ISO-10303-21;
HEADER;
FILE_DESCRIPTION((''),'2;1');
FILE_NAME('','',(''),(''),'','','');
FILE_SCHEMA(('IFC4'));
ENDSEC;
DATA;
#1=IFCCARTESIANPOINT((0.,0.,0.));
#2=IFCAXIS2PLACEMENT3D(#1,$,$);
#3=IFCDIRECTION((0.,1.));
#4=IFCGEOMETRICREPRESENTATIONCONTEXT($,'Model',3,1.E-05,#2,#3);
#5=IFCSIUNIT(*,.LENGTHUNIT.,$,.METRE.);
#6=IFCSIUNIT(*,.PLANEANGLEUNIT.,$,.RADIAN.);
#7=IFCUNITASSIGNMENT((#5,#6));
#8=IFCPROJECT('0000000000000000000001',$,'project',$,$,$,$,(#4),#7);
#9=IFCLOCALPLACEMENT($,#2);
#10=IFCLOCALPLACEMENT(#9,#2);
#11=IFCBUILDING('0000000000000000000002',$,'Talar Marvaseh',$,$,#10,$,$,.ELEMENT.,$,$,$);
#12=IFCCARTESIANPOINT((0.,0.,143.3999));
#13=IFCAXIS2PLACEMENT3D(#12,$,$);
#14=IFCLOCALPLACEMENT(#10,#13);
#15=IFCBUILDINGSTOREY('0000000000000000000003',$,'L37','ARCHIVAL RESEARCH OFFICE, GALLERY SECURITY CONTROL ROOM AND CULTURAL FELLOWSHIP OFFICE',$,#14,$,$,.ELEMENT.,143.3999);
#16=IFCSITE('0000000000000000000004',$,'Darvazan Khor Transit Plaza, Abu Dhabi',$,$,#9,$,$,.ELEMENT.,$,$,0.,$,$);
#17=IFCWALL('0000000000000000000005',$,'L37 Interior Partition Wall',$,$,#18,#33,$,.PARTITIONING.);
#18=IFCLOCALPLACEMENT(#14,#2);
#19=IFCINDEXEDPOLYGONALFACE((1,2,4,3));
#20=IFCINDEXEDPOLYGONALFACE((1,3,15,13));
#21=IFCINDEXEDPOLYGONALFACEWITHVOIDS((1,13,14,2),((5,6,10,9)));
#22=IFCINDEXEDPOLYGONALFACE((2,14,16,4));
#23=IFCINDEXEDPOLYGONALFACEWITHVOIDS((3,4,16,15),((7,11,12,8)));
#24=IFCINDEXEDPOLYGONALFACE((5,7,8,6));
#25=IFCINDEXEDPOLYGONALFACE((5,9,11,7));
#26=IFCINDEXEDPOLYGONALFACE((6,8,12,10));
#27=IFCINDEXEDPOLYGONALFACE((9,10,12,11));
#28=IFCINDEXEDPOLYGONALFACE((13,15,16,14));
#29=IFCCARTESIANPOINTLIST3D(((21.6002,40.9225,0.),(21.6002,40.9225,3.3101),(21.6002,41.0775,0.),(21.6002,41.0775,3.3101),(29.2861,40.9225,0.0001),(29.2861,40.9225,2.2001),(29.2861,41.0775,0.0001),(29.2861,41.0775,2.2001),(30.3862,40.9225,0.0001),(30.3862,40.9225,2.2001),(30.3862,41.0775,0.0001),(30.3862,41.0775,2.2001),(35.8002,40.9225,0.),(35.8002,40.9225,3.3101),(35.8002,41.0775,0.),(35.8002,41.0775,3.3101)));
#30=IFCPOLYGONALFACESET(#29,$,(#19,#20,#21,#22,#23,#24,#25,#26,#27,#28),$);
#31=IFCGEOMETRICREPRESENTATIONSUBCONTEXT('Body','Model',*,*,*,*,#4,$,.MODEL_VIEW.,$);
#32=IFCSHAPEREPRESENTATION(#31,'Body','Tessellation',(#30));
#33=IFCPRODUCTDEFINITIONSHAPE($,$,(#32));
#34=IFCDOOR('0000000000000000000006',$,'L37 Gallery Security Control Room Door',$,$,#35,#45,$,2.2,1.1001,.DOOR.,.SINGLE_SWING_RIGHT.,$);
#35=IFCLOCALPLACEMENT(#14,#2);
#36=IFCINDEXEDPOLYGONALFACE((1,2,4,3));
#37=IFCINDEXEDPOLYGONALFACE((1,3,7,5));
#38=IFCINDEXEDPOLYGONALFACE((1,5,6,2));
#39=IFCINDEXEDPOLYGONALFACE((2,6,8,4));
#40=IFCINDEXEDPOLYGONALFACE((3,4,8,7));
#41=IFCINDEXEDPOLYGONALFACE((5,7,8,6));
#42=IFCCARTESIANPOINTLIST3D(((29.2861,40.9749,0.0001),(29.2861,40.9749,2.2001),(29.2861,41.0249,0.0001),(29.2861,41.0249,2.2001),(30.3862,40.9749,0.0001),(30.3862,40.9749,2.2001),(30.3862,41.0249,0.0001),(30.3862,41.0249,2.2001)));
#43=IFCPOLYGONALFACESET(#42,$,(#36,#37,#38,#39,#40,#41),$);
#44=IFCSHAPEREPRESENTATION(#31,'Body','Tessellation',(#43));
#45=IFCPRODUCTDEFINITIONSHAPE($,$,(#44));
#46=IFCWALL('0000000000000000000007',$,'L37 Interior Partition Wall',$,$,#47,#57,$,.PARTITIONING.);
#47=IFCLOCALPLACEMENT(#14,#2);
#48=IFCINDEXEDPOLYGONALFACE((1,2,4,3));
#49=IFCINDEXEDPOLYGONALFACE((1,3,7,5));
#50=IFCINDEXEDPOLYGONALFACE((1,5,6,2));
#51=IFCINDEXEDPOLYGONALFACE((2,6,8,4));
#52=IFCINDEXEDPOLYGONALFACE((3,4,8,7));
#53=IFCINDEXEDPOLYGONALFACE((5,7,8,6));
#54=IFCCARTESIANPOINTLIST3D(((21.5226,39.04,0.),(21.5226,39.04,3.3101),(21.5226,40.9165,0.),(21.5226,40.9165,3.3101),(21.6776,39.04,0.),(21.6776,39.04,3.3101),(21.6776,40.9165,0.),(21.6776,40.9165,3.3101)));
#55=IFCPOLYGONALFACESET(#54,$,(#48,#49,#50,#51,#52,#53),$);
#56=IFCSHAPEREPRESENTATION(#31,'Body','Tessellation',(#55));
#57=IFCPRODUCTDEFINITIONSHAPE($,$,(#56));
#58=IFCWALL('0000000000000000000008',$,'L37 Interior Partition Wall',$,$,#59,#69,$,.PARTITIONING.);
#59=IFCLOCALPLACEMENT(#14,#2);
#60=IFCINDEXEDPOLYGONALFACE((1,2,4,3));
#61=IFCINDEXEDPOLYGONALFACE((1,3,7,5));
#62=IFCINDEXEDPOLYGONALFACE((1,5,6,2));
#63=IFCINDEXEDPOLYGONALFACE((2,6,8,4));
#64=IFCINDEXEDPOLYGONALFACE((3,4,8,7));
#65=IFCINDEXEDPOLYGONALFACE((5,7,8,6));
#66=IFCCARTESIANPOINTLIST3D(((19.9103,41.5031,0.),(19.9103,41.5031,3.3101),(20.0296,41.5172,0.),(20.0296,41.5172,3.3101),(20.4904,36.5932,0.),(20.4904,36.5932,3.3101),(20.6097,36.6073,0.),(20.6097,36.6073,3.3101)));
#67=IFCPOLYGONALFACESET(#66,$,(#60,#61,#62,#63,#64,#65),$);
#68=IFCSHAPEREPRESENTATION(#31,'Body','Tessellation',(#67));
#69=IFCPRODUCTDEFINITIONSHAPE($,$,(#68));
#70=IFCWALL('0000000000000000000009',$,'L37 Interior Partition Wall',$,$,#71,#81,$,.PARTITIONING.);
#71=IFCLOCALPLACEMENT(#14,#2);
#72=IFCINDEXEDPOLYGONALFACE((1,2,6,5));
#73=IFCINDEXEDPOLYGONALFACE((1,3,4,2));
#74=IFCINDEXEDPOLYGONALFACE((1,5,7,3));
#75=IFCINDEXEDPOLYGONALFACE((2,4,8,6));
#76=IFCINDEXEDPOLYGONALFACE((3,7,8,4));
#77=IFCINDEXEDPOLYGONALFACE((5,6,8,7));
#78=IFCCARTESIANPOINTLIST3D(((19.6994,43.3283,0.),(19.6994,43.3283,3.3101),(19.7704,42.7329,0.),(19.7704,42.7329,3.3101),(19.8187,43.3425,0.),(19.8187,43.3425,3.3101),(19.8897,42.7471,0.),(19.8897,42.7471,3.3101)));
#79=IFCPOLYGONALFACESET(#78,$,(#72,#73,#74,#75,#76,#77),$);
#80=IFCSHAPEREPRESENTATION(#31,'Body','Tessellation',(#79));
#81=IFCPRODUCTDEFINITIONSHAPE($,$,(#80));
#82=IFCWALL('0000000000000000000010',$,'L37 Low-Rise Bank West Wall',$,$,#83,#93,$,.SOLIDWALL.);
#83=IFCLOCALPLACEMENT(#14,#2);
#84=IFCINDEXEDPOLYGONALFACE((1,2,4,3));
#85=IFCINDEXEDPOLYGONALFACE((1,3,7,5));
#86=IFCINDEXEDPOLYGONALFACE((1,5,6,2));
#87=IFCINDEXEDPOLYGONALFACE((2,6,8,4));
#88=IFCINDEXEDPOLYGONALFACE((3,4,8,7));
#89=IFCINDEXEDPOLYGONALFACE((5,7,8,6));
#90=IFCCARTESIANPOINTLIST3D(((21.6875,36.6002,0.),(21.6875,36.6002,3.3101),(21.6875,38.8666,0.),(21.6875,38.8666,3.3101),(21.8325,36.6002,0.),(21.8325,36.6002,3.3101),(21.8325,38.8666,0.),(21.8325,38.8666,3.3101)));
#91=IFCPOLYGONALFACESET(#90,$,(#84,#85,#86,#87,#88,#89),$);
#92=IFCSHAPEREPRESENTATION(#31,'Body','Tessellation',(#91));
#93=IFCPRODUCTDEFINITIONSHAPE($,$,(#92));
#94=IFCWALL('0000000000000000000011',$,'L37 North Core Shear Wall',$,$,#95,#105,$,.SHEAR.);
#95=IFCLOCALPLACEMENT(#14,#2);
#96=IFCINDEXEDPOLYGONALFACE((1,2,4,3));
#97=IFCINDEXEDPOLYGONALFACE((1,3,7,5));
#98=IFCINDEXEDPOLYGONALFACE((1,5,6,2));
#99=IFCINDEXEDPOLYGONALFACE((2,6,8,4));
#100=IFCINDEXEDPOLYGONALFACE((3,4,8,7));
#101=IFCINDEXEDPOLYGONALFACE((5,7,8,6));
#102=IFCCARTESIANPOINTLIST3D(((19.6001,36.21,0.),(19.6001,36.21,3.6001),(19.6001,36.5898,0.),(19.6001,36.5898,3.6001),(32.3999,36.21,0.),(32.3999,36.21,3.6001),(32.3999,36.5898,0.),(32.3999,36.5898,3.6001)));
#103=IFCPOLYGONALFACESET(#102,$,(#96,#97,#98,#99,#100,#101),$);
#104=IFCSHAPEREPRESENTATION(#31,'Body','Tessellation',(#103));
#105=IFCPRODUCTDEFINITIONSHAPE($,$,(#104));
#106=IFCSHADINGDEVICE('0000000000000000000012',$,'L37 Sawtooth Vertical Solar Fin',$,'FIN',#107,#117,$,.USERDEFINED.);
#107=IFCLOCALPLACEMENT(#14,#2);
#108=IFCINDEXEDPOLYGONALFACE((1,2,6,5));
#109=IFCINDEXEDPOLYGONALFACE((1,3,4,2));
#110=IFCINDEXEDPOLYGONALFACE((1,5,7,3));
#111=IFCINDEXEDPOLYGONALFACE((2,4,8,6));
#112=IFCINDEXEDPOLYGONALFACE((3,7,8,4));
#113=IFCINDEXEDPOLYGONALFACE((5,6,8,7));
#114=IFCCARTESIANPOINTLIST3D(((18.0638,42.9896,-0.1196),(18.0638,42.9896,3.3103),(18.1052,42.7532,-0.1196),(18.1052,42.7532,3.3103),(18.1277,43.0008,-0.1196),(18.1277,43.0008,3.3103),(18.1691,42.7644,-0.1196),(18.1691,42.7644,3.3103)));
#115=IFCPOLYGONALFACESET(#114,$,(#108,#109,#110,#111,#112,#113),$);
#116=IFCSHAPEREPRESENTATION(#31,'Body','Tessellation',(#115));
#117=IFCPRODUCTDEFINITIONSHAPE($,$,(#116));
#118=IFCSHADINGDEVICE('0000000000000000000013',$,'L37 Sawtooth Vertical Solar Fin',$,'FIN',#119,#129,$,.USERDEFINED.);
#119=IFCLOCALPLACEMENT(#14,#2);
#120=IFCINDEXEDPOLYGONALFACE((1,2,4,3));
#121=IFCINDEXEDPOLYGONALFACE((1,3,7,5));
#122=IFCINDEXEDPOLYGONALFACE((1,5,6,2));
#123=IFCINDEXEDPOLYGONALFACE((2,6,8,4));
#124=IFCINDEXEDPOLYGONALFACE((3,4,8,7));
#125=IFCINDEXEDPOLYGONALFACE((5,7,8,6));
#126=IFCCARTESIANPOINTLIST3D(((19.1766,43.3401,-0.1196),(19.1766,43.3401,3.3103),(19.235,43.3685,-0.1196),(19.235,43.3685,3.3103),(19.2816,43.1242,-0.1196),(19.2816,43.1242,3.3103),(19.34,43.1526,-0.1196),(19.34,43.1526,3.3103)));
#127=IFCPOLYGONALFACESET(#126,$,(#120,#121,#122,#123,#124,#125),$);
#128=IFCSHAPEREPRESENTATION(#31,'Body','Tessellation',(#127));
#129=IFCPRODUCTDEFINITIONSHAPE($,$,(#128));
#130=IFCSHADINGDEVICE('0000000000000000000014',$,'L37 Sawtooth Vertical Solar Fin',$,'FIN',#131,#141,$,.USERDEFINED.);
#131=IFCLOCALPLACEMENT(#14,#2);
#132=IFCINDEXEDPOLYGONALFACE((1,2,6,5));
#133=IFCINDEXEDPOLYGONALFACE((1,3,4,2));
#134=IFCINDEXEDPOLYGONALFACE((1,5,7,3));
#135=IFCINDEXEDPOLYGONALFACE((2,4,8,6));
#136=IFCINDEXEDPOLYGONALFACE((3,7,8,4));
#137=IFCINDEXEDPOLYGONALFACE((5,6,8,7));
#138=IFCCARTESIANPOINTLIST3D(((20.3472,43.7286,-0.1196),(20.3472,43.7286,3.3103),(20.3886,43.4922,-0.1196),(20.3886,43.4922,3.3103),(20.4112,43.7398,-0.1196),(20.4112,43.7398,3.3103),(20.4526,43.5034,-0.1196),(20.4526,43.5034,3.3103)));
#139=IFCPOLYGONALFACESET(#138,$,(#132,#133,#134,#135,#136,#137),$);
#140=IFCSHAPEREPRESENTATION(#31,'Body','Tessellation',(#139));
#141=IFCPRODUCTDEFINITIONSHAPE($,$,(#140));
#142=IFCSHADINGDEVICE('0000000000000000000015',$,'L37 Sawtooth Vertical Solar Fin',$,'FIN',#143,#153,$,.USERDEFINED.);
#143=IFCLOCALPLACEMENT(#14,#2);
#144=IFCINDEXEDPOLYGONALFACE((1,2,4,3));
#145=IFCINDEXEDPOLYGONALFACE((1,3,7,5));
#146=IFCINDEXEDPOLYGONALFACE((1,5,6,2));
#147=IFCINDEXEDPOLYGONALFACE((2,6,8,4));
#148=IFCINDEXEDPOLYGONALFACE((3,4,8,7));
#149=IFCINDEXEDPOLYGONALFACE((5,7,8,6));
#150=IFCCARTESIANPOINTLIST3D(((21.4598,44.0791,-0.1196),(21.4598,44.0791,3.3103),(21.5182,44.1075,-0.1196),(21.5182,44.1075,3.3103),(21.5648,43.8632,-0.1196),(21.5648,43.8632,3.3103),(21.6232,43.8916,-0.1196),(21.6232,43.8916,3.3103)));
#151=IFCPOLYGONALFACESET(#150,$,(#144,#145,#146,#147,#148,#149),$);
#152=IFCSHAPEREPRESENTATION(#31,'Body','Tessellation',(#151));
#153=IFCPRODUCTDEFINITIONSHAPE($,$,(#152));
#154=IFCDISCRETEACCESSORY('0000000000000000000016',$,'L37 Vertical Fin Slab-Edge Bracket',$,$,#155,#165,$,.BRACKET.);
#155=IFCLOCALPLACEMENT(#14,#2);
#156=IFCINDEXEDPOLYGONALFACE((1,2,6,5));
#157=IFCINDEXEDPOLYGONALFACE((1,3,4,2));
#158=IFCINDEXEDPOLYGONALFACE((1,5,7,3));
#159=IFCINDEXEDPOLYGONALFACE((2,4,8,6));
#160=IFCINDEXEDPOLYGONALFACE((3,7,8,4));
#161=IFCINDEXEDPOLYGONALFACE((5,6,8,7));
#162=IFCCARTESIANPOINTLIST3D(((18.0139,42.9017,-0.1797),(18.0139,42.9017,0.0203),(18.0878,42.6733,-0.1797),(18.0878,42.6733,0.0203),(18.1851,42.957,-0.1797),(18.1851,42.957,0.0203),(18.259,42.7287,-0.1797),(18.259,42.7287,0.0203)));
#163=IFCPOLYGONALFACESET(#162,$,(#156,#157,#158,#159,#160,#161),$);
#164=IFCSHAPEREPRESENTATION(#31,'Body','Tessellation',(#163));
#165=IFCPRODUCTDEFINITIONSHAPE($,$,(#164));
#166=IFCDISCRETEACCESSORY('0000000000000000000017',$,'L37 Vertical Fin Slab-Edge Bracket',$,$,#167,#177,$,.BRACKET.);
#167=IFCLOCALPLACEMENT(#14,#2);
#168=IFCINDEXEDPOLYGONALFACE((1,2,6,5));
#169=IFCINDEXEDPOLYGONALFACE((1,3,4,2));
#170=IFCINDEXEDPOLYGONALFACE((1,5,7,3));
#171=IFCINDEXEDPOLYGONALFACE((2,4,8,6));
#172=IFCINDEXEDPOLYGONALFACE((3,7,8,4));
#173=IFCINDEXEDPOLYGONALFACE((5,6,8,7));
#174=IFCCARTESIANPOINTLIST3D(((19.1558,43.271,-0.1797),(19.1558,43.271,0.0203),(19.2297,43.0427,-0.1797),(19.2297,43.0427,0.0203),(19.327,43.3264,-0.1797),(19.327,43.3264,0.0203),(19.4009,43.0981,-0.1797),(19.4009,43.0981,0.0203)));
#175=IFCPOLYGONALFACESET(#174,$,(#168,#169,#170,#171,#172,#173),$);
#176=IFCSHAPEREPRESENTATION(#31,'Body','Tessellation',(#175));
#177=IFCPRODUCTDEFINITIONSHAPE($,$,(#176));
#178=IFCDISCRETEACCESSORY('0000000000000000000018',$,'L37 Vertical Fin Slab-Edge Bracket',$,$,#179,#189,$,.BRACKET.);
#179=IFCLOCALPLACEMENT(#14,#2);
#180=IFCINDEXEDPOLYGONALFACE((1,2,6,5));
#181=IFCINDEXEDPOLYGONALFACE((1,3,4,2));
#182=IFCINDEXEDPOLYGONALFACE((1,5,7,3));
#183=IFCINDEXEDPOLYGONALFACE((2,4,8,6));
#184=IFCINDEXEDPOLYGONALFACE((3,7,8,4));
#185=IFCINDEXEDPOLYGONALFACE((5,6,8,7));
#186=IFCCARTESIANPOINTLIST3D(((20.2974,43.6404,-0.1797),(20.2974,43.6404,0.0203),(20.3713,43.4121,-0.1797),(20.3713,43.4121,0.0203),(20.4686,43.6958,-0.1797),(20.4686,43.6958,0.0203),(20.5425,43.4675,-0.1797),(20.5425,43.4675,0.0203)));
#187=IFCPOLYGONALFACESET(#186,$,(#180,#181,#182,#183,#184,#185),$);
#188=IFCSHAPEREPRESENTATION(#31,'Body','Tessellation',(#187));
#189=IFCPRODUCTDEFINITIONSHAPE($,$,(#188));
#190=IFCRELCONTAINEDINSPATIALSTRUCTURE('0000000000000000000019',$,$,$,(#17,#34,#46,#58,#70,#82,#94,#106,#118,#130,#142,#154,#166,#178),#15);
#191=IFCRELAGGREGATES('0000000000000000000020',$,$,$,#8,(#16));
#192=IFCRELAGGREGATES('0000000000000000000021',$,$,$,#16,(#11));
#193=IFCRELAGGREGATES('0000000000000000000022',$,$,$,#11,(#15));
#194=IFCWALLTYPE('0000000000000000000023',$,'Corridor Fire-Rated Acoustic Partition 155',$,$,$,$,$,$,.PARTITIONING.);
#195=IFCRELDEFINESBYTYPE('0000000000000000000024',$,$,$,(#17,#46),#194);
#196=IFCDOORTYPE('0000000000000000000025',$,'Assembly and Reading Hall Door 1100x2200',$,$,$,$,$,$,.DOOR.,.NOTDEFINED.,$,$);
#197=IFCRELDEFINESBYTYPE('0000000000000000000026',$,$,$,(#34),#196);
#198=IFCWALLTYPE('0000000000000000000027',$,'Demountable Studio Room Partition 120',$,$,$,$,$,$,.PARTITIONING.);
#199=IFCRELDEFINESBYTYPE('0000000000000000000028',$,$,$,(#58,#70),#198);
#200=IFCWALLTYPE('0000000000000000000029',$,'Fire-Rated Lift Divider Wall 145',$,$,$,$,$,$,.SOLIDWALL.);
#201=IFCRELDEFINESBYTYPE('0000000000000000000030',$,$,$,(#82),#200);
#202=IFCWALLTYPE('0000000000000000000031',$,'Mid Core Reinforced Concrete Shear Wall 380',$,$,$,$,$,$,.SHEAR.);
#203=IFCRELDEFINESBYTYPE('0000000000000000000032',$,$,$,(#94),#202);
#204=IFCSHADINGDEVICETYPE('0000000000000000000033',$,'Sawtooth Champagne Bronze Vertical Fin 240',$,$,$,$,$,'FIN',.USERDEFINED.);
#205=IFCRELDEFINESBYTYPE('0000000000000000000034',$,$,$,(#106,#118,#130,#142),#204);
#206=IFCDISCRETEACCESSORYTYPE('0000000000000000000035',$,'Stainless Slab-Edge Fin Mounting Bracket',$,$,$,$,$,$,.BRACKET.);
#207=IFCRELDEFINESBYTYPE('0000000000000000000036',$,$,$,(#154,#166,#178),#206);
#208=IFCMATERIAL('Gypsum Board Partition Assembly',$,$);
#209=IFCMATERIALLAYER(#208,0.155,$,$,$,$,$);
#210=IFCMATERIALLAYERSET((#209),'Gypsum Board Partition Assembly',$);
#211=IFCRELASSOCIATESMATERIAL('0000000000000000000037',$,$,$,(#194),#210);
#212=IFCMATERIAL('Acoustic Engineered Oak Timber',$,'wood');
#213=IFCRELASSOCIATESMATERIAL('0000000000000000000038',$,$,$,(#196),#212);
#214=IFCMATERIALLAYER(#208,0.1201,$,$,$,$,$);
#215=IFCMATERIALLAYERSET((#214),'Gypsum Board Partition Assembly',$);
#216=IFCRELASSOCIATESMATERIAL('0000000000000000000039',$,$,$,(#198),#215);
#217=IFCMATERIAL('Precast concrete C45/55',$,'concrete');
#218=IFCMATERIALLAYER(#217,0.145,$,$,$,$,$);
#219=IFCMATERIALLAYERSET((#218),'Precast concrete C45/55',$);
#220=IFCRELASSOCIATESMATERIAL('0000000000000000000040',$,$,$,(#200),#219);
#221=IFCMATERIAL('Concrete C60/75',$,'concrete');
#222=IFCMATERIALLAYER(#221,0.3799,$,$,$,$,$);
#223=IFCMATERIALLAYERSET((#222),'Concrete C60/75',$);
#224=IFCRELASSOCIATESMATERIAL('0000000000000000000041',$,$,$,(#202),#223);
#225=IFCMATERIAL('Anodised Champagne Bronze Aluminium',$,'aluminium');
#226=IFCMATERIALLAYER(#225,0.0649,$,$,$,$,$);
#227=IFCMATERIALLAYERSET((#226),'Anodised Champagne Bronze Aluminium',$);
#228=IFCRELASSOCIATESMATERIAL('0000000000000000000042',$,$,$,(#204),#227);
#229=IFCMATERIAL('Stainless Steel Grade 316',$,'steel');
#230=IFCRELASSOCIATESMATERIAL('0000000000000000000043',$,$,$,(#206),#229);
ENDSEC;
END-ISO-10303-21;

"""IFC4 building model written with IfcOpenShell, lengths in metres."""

from ifc_helpers import new_model, si_unit, direction, frame, frame_2d, origin, origin_2d, place, context, subcontext, project, spatial, rectangle, extrude, source, transform, mapped, material, layer, layer_set, type_object, type_shapes, element, fill, save


model = new_model("IFC4")

# Units and contexts
model_context = context("Model", 3, precision=1e-05, world=origin(), true_north=direction((0.0, 1.0)))
body_context = subcontext(model_context, "Body", "Model", "MODEL_VIEW")
ifc_project = project(units=[si_unit("LENGTHUNIT", "METRE"), si_unit("PLANEANGLEUNIT", "RADIAN")], contexts=[model_context])

# Site, building, storey
site_placement = place(None, origin())
site = spatial("IfcSite", under=ifc_project, at=site_placement, Name="Darvazan Khor Transit Plaza, Abu Dhabi", CompositionType="ELEMENT", RefElevation=0.0)
building_placement = place(site_placement, origin())
building = spatial("IfcBuilding", under=site, at=building_placement, Name="Talar Marvaseh", CompositionType="ELEMENT")
storey_placement = place(building_placement, frame((0.0, 0.0, 143.3999)))
storey = spatial("IfcBuildingStorey", under=building, at=storey_placement, Name="L37", Description="ARCHIVAL RESEARCH OFFICE, GALLERY SECURITY CONTROL ROOM AND CULTURAL FELLOWSHIP OFFICE", CompositionType="ELEMENT", Elevation=143.3999)

# Shared definitions
ifc_material_1 = material(Name="Concrete C60/75", Category="concrete")

# Wall, opening, door
ifc_material_2 = material(Name="Gypsum Board Partition Assembly")
ifc_layer_1 = layer(ifc_material_2, 0.155)
ifc_layer_set_1 = layer_set([ifc_layer_1], Name="Gypsum Board Partition Assembly")
wall_type_1 = type_object("IfcWallType", Name="Corridor Fire-Rated Acoustic Partition 155", PredefinedType="PARTITIONING", material=ifc_layer_set_1)
wall_1_placement = place(storey_placement, frame((21.6001, 41.0, 0.0), z_axis=(0.0, 0.0, 1.0), x_axis=(1.0, 0.0, 0.0)))
wall_1 = element("IfcWall", 1, at=wall_1_placement, inside=storey, type_object=wall_type_1, Name="L37 Interior Partition Wall", PredefinedType="PARTITIONING", context=body_context, shape_type="SweptSolid", body=[
    extrude(rectangle(XDim=14.2, YDim=0.155, at=frame_2d((7.1001, 0.0))), origin(), (0.0, 0.0, 1.0), 3.3101),
])
opening_1_placement = place(wall_1_placement, frame((7.686, 0.0, 0.0)))
opening_1 = element("IfcOpeningElement", 2, at=opening_1_placement, cuts=wall_1, PredefinedType="OPENING", context=body_context, shape_type="SweptSolid", body=[
    extrude(rectangle(XDim=1.1001, YDim=2.2, at=frame_2d((0.55, 1.1001))), frame((0.0, 0.0874, 0.0), z_axis=(0.0, -1.0, 0.0), x_axis=(1.0, 0.0, 0.0)), (0.0, 0.0, 1.0), 0.175),
])
ifc_material_3 = material(Name="Acoustic Engineered Oak Timber", Category="wood")
door_type_1 = type_object("IfcDoorType", Name="Assembly and Reading Hall Door 1100x2200", OperationType="NOTDEFINED", PredefinedType="DOOR", material=ifc_material_3)
shared_shape_1 = source(origin(), body_context, "Body", "SweptSolid", [
    extrude(rectangle(XDim=1.1001, YDim=2.2, at=frame_2d((0.55, 1.1001))), frame((0.0, 0.0249, 0.0), z_axis=(0.0, -1.0, 0.0), x_axis=(1.0, 0.0, 0.0)), (0.0, 0.0, 1.0), 0.05),
])
type_shapes(door_type_1, [shared_shape_1])
door_1_placement = place(opening_1_placement, origin())
door_1 = element("IfcDoor", 3, at=door_1_placement, inside=storey, type_object=door_type_1, Name="L37 Gallery Security Control Room Door", OperationType="SINGLE_SWING_RIGHT", OverallHeight=2.2, OverallWidth=1.1001, PredefinedType="DOOR", context=body_context, shape_type="MappedRepresentation", body=[
    mapped(shared_shape_1, transform((0.0, 0.0, 0.0), x_axis=(1.0, 0.0, 0.0), y_axis=(0.0, 1.0, 0.0), z_axis=(0.0, 0.0, 1.0), scale=1.0)),
])
fill(opening_1, door_1)

# Walls
wall_2_placement = place(storey_placement, frame((21.6001, 39.04, 0.0), z_axis=(0.0, 0.0, 1.0), x_axis=(0.0, 1.0, 0.0)))
element("IfcWall", 4, at=wall_2_placement, inside=storey, type_object=wall_type_1, Name="L37 Interior Partition Wall", PredefinedType="PARTITIONING", context=body_context, shape_type="SweptSolid", body=[
    extrude(rectangle(XDim=1.8765, YDim=0.155, at=frame_2d((0.9382, 0.0))), origin(), (0.0, 0.0, 1.0), 3.3101),
])
ifc_layer_2 = layer(ifc_material_2, 0.1201)
ifc_layer_set_2 = layer_set([ifc_layer_2], Name="Gypsum Board Partition Assembly")
wall_type_2 = type_object("IfcWallType", Name="Demountable Studio Room Partition 120", PredefinedType="PARTITIONING", material=ifc_layer_set_2)
wall_3_placement = place(storey_placement, frame((20.55, 36.6001, 0.0), z_axis=(0.0, 0.0, 1.0), x_axis=(-0.117328, 0.993093, 0.0)))
element("IfcWall", 5, at=wall_3_placement, inside=storey, type_object=wall_type_2, Name="L37 Interior Partition Wall", PredefinedType="PARTITIONING", context=body_context, shape_type="SweptSolid", body=[
    extrude(rectangle(XDim=4.9441, YDim=0.1201, at=frame_2d((2.4722, 0.0))), origin(), (0.0, 0.0, 1.0), 3.3101),
])
wall_4_placement = place(storey_placement, frame((19.8301, 42.74, 0.0), z_axis=(0.0, 0.0, 1.0), x_axis=(-0.118471, 0.992958, 0.0)))
element("IfcWall", 6, at=wall_4_placement, inside=storey, type_object=wall_type_2, Name="L37 Interior Partition Wall", PredefinedType="PARTITIONING", context=body_context, shape_type="SweptSolid", body=[
    extrude(rectangle(XDim=0.5996, YDim=0.1201, at=frame_2d((0.2998, 0.0))), origin(), (0.0, 0.0, 1.0), 3.3101),
])
ifc_material_4 = material(Name="Precast concrete C45/55", Category="concrete")
ifc_layer_3 = layer(ifc_material_4, 0.145)
ifc_layer_set_3 = layer_set([ifc_layer_3], Name="Precast concrete C45/55")
wall_type_3 = type_object("IfcWallType", Name="Fire-Rated Lift Divider Wall 145", PredefinedType="SOLIDWALL", material=ifc_layer_set_3)
wall_5_placement = place(storey_placement, frame((21.76, 36.6001, 0.0), z_axis=(0.0, 0.0, 1.0), x_axis=(0.0, 1.0, 0.0)))
element("IfcWall", 7, at=wall_5_placement, inside=storey, type_object=wall_type_3, Name="L37 Low-Rise Bank West Wall", PredefinedType="SOLIDWALL", context=body_context, shape_type="SweptSolid", body=[
    extrude(rectangle(XDim=2.2664, YDim=0.145, at=frame_2d((1.1333, 0.0))), origin(), (0.0, 0.0, 1.0), 3.3101),
])

# Shared definitions
ifc_material_5 = material(Name="Stainless Steel Grade 316", Category="steel")

# Wall
ifc_layer_4 = layer(ifc_material_1, 0.3799)
ifc_layer_set_4 = layer_set([ifc_layer_4], Name="Concrete C60/75")
wall_type_4 = type_object("IfcWallType", Name="Mid Core Reinforced Concrete Shear Wall 380", PredefinedType="SHEAR", material=ifc_layer_set_4)
wall_6_placement = place(storey_placement, frame((19.6001, 36.3999, 0.0), z_axis=(0.0, 0.0, 1.0), x_axis=(1.0, 0.0, 0.0)))
element("IfcWall", 8, at=wall_6_placement, inside=storey, type_object=wall_type_4, Name="L37 North Core Shear Wall", PredefinedType="SHEAR", context=body_context, shape_type="SweptSolid", body=[
    extrude(rectangle(XDim=12.7998, YDim=0.3799, at=frame_2d((6.3999, 0.0))), origin(), (0.0, 0.0, 1.0), 3.6001),
])

# Shading devices
ifc_material_6 = material(Name="Anodised Champagne Bronze Aluminium", Category="aluminium")
ifc_layer_5 = layer(ifc_material_6, 0.0649)
ifc_layer_set_5 = layer_set([ifc_layer_5], Name="Anodised Champagne Bronze Aluminium")
shading_device_type = type_object("IfcShadingDeviceType", Name="Sawtooth Champagne Bronze Vertical Fin 240", ElementType="FIN", PredefinedType="USERDEFINED", material=ifc_layer_set_5)
shared_shape_2 = source(origin(), body_context, "Body", "SweptSolid", [
    extrude(rectangle(XDim=0.24, YDim=0.0649, at=origin_2d()), origin(), (0.0, 0.0, 1.0), 3.4299),
])
type_shapes(shading_device_type, [shared_shape_2])
for number, where, z_axis, x_axis, name in (
    (9, (18.1165, 42.877, -0.1196), (0.0, 0.0, 1.0), (-0.172445, 0.985019, 0.0), "L37 Sawtooth Vertical Solar Fin"),
    (10, (19.2583, 43.2463, -0.1196), (0.0, 0.0, 1.0), (-0.437273, 0.899329, 0.0), "L37 Sawtooth Vertical Solar Fin"),
    (11, (20.3999, 43.616, -0.1196), (0.0, 0.0, 1.0), (-0.172445, 0.985019, 0.0), "L37 Sawtooth Vertical Solar Fin"),
    (12, (21.5415, 43.9854, -0.1196), (0.0, 0.0, 1.0), (-0.437273, 0.899329, 0.0), "L37 Sawtooth Vertical Solar Fin"),
):
    element("IfcShadingDevice", number, at=place(storey_placement, frame(where, z_axis=z_axis, x_axis=x_axis)), inside=storey, type_object=shading_device_type, Name=name, ObjectType="FIN", PredefinedType="USERDEFINED", context=body_context, shape_type="MappedRepresentation", body=[
        mapped(shared_shape_2, transform((0.0, 0.0, 0.0), x_axis=(1.0, 0.0, 0.0), y_axis=(0.0, 1.0, 0.0), z_axis=(0.0, 0.0, 1.0), scale=1.0)),
    ])

# Discrete accessories
discrete_accessory_type = type_object("IfcDiscreteAccessoryType", Name="Stainless Slab-Edge Fin Mounting Bracket", PredefinedType="BRACKET", material=ifc_material_5)
shared_shape_3 = source(origin(), body_context, "Body", "SweptSolid", [
    extrude(rectangle(XDim=0.24, YDim=0.1799, at=origin_2d()), origin(), (0.0, 0.0, 1.0), 0.2),
])
type_shapes(discrete_accessory_type, [shared_shape_3])
for number, where, z_axis, x_axis, name in (
    (13, (18.1365, 42.8152, -0.1797), (0.0, 0.0, 1.0), (-0.307855, 0.951433, 0.0), "L37 Vertical Fin Slab-Edge Bracket"),
    (14, (19.2783, 43.1846, -0.1797), (0.0, 0.0, 1.0), (-0.307855, 0.951433, 0.0), "L37 Vertical Fin Slab-Edge Bracket"),
    (15, (20.4199, 43.554, -0.1797), (0.0, 0.0, 1.0), (-0.307855, 0.951433, 0.0), "L37 Vertical Fin Slab-Edge Bracket"),
):
    element("IfcDiscreteAccessory", number, at=place(storey_placement, frame(where, z_axis=z_axis, x_axis=x_axis)), inside=storey, type_object=discrete_accessory_type, Name=name, PredefinedType="BRACKET", context=body_context, shape_type="MappedRepresentation", body=[
        mapped(shared_shape_3, transform((0.0, 0.0, 0.0), x_axis=(1.0, 0.0, 0.0), y_axis=(0.0, 1.0, 0.0), z_axis=(0.0, 0.0, 1.0), scale=1.0)),
    ])

save(model, "model.ifc")
